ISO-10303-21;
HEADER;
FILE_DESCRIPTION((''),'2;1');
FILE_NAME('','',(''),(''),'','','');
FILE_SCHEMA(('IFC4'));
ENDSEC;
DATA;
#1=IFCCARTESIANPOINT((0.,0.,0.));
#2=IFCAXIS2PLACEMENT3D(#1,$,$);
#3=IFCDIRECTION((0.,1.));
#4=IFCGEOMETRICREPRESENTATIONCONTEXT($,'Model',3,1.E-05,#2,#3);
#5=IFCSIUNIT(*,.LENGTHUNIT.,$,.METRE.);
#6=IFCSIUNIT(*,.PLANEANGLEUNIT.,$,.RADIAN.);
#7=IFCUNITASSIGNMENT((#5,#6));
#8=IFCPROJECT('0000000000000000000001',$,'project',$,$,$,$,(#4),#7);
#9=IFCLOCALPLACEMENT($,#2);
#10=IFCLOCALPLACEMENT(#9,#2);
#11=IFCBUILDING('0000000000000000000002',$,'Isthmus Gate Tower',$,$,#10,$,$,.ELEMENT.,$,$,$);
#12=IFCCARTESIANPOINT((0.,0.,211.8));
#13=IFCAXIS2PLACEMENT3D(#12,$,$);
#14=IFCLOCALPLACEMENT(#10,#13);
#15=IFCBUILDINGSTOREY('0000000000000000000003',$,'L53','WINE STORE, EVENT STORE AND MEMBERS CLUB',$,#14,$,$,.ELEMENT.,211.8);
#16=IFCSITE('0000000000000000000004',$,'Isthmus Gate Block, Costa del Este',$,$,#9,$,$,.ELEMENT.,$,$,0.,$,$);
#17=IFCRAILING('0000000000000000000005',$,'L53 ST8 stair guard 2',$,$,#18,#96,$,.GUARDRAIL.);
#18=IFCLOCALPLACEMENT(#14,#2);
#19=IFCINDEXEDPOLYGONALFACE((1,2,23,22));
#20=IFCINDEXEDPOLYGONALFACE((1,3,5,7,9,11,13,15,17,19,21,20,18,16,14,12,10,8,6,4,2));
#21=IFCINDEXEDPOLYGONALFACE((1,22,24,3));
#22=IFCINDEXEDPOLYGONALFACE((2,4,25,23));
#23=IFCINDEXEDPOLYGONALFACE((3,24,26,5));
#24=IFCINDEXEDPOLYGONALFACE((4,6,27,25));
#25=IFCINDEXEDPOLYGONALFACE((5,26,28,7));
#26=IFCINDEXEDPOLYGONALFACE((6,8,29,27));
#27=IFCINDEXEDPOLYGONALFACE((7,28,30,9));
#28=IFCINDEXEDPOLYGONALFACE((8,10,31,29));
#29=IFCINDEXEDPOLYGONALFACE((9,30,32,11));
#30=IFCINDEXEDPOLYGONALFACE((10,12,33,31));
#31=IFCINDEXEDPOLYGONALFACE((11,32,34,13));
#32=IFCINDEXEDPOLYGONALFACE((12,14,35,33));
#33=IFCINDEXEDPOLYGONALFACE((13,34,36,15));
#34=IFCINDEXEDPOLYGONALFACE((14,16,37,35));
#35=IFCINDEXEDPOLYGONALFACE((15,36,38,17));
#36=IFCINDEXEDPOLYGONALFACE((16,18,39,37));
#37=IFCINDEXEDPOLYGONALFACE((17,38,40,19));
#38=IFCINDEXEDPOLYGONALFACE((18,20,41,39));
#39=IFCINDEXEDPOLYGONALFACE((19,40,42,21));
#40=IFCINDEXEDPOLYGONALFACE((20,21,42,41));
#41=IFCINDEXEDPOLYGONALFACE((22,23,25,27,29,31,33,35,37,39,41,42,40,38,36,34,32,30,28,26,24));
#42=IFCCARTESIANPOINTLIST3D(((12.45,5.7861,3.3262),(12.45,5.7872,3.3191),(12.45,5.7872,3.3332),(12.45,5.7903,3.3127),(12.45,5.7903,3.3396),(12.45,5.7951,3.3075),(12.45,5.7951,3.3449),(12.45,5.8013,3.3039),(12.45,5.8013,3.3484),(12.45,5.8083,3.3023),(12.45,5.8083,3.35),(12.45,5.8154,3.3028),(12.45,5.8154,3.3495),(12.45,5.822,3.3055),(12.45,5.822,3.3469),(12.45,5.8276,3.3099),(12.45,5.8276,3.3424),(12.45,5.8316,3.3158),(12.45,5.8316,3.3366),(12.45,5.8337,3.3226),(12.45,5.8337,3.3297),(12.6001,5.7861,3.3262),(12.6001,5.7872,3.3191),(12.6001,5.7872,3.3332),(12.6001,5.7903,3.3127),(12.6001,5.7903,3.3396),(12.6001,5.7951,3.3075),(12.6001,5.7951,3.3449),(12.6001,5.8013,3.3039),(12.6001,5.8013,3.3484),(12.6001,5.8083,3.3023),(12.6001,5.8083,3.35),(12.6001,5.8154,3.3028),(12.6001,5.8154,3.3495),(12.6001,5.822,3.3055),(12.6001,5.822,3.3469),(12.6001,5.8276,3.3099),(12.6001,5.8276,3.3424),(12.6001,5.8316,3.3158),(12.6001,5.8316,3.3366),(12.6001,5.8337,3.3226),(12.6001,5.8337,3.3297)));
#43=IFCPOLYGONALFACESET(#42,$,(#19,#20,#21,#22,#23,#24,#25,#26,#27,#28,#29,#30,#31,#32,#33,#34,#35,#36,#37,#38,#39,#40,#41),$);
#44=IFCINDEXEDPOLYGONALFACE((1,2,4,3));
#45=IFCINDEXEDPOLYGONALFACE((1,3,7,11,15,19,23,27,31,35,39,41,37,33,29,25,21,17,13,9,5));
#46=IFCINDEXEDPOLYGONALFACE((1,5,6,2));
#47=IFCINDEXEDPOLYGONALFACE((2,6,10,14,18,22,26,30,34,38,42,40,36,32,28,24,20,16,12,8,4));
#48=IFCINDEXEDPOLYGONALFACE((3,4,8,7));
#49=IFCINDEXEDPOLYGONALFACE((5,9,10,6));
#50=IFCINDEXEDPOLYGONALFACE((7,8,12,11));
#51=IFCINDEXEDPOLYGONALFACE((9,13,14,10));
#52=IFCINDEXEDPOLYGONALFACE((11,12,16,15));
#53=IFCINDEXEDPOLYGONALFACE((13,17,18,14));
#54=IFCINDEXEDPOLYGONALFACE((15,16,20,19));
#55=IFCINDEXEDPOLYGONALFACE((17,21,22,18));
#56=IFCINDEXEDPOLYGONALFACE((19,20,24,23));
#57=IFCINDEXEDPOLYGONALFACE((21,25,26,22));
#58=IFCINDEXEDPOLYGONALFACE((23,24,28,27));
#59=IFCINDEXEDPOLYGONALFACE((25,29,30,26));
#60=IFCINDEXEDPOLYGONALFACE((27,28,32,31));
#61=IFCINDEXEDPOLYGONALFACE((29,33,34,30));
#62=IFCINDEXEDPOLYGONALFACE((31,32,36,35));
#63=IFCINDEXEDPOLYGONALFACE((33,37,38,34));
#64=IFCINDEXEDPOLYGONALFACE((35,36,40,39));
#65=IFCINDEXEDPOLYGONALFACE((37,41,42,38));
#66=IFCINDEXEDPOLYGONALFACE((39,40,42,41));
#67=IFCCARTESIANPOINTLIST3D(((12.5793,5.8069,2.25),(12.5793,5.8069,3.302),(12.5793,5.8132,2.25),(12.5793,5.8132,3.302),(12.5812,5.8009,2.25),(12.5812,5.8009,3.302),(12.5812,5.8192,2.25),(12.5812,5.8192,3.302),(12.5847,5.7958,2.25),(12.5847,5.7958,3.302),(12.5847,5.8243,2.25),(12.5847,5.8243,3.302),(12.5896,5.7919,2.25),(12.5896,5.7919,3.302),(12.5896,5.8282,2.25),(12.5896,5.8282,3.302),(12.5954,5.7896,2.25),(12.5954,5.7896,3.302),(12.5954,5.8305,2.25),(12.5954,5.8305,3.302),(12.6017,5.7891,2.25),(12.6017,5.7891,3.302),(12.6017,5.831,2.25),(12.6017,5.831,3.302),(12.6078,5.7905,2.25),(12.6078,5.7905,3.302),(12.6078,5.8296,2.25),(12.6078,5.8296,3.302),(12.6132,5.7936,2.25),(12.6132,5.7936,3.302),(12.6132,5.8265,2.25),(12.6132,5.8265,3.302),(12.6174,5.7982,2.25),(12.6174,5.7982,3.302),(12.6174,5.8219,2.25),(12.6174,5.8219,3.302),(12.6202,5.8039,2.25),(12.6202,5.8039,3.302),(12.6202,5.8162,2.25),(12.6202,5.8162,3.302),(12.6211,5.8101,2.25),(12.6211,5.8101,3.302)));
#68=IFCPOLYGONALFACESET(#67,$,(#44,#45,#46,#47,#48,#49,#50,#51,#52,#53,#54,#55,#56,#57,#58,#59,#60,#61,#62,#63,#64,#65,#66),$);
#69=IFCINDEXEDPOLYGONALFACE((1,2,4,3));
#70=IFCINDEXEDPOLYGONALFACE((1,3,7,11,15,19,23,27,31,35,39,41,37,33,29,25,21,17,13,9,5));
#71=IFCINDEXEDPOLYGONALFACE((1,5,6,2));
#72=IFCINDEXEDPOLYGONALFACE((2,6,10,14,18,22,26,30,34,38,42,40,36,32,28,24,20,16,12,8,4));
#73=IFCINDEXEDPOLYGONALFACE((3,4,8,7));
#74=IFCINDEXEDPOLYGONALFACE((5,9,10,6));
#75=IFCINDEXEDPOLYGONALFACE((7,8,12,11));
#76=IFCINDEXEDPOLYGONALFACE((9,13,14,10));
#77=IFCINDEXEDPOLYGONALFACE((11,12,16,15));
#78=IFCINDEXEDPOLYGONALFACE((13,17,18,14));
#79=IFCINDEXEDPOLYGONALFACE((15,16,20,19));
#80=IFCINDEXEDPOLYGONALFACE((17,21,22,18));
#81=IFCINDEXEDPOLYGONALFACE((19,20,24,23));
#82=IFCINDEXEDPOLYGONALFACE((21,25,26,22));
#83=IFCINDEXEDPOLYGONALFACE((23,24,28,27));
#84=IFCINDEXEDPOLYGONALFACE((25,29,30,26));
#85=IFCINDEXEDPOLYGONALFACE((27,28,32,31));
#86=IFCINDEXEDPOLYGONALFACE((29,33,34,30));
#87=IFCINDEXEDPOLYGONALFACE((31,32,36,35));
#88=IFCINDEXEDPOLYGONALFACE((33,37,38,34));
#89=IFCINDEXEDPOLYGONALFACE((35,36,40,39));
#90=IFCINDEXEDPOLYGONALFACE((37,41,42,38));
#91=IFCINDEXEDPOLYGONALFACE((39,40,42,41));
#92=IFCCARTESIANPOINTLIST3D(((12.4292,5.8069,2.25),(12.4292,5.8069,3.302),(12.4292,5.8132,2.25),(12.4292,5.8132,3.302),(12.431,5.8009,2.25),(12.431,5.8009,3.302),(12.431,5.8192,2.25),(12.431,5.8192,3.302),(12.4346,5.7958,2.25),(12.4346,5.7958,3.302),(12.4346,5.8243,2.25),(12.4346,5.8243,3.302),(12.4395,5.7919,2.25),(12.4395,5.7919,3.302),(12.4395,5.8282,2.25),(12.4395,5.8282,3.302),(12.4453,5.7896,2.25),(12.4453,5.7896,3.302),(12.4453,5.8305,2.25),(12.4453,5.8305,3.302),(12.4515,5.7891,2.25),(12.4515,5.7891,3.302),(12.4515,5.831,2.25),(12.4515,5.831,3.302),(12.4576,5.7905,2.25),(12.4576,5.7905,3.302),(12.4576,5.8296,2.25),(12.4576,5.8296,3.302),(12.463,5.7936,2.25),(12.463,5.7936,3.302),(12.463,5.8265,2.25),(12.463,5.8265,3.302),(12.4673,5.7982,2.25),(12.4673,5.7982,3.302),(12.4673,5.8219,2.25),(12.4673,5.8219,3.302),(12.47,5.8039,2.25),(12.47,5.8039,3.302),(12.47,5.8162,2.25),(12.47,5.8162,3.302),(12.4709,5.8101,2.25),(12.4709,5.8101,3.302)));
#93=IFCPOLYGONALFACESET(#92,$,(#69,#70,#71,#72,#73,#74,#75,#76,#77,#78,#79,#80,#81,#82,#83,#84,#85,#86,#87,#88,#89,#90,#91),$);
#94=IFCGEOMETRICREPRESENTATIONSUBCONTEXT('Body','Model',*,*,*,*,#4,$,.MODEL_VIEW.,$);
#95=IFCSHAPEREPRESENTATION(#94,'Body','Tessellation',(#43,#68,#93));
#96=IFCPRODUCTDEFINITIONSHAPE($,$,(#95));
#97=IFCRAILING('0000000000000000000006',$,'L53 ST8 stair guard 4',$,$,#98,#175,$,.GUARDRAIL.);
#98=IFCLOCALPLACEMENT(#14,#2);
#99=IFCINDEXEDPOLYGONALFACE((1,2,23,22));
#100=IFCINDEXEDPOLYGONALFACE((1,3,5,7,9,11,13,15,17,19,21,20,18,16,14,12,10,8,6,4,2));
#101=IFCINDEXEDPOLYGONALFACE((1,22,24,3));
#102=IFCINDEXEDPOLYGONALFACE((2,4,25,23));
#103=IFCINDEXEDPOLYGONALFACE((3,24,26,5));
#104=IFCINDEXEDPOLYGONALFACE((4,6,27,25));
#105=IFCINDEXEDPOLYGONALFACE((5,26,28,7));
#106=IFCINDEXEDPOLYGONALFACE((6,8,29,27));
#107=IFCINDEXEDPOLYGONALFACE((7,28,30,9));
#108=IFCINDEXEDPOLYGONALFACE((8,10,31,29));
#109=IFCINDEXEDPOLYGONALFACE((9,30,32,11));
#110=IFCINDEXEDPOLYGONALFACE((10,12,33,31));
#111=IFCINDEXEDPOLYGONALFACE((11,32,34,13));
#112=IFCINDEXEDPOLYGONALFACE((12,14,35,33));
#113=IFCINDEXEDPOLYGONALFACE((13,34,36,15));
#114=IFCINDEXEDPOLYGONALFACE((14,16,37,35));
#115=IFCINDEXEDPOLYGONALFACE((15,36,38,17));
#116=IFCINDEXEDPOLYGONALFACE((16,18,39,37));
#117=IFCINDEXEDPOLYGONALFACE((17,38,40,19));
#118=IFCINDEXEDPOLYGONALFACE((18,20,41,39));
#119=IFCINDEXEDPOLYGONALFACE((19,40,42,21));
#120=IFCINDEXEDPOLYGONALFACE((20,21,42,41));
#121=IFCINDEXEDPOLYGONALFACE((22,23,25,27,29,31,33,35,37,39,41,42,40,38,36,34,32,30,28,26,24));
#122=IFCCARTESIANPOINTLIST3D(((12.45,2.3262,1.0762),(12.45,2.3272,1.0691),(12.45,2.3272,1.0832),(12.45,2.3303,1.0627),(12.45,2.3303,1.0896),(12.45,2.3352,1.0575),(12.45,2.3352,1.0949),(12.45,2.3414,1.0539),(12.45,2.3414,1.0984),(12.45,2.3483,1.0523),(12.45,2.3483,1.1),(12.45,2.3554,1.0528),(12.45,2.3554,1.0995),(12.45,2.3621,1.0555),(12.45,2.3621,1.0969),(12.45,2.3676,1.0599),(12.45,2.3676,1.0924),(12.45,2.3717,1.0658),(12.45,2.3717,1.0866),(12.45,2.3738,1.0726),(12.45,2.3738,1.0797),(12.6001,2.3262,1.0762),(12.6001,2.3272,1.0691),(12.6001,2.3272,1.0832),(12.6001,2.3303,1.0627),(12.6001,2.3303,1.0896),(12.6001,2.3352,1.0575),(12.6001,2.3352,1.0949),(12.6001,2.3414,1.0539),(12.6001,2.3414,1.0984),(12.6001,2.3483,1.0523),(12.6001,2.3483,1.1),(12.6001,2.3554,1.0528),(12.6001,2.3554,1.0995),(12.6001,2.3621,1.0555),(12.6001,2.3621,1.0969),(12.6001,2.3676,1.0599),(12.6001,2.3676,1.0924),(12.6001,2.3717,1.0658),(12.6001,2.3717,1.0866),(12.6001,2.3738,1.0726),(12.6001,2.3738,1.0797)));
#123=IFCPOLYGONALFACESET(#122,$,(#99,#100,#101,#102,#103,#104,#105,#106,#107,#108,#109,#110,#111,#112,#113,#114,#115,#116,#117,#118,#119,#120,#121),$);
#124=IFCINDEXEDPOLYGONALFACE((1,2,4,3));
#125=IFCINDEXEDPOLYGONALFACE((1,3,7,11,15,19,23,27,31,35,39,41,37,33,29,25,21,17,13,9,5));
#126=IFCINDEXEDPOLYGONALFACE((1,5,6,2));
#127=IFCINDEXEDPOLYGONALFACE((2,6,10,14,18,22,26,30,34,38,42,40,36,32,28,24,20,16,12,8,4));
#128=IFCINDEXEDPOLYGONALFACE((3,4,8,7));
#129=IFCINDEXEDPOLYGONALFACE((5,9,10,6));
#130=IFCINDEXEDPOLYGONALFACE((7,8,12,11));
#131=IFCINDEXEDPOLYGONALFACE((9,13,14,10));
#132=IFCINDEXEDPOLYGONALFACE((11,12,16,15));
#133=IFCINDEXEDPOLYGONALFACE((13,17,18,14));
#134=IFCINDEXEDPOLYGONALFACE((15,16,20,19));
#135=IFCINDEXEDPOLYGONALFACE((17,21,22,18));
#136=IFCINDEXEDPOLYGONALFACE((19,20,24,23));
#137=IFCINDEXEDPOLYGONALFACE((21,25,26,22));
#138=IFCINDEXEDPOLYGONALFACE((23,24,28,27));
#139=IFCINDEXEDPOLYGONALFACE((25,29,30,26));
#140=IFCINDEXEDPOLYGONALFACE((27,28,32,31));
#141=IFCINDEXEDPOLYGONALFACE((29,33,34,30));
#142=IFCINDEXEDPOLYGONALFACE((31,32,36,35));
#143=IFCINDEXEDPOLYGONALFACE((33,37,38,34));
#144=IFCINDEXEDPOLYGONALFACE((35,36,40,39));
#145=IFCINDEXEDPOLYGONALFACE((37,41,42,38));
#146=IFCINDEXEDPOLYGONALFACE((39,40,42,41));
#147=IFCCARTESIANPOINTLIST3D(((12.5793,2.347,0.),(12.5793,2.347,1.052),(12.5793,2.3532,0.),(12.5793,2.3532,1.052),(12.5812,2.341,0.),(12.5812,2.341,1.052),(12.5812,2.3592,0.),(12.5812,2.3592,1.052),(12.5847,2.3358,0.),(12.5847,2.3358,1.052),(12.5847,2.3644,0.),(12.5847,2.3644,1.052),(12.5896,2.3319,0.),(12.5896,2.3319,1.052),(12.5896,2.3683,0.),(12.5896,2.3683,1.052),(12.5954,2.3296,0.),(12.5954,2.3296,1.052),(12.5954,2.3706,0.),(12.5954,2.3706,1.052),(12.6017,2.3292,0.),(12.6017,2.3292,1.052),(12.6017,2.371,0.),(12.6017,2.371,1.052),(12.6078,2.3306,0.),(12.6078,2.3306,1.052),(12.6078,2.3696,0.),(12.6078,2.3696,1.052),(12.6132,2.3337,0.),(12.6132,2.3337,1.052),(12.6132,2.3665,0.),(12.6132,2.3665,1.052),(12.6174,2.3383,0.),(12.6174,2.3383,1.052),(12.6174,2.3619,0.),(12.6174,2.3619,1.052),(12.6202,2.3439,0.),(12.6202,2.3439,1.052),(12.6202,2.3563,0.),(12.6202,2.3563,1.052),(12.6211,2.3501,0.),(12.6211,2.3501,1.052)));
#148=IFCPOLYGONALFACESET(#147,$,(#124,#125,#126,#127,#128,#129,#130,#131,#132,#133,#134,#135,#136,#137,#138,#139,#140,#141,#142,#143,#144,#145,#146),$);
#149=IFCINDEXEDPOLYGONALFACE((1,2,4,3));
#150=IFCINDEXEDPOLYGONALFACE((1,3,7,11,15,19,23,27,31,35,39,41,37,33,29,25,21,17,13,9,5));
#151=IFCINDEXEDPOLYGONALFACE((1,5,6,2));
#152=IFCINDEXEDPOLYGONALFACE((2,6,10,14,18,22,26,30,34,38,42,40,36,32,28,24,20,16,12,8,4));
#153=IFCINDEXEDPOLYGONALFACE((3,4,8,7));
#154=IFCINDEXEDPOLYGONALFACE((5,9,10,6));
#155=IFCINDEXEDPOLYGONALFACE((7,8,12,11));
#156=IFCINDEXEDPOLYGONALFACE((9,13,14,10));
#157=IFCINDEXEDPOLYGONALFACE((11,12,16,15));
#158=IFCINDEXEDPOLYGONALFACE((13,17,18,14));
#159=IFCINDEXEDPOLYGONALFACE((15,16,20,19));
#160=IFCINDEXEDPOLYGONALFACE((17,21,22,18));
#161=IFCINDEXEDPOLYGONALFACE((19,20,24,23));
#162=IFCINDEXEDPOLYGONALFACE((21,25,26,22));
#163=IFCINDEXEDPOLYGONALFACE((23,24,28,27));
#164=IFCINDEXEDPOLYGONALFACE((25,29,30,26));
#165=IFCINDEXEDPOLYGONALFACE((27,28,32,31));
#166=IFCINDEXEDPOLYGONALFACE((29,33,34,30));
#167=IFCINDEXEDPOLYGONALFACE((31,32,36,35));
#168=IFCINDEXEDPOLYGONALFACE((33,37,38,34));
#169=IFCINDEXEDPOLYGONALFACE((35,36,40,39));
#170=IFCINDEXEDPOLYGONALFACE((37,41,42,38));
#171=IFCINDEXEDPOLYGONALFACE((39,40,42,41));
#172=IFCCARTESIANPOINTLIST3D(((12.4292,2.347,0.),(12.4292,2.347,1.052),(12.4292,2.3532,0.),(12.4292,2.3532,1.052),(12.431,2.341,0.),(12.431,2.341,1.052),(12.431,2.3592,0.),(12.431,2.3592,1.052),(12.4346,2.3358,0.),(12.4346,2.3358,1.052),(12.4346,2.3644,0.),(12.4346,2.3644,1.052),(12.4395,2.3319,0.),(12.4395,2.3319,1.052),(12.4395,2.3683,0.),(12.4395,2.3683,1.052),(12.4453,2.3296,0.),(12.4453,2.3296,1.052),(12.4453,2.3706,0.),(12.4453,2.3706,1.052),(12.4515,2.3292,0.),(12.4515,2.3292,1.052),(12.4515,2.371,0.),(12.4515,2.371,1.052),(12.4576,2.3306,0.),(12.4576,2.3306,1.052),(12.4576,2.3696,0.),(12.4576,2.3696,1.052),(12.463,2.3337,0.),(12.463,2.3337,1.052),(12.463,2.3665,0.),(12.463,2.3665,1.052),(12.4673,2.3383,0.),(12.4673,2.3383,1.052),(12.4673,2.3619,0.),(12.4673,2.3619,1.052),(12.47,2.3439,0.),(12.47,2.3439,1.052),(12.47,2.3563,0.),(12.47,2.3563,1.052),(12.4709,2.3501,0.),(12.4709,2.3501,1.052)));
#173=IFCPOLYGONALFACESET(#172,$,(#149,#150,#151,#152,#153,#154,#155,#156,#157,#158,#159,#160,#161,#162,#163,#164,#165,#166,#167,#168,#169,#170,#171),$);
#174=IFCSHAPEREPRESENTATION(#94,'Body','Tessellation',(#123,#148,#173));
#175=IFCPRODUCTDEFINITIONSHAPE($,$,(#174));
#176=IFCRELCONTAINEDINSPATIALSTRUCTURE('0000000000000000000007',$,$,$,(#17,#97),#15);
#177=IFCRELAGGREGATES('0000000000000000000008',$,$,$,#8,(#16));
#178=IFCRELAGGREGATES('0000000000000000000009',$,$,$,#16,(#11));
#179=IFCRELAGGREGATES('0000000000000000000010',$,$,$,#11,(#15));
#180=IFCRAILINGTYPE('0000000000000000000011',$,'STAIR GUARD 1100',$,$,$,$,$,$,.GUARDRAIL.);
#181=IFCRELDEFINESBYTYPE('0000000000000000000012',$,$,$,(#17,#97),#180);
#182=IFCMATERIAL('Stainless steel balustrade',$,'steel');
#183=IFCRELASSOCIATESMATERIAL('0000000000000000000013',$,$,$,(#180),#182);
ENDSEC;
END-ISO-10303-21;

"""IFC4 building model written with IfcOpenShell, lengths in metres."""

from ifc_helpers import new_model, si_unit, direction, frame, origin, origin_2d, place, context, subcontext, project, spatial, circle, extrude, material, type_object, element, save


model = new_model("IFC4")

# Units and contexts
model_context = context("Model", 3, precision=1e-05, world=origin(), true_north=direction((0.0, 1.0)))
body_context = subcontext(model_context, "Body", "Model", "MODEL_VIEW")
ifc_project = project(units=[si_unit("LENGTHUNIT", "METRE"), si_unit("PLANEANGLEUNIT", "RADIAN")], contexts=[model_context])

# Site, building, storey
site_placement = place(None, origin())
site = spatial("IfcSite", under=ifc_project, at=site_placement, Name="Isthmus Gate Block, Costa del Este", CompositionType="ELEMENT", RefElevation=0.0)
building_placement = place(site_placement, origin())
building = spatial("IfcBuilding", under=site, at=building_placement, Name="Isthmus Gate Tower", CompositionType="ELEMENT")
storey_placement = place(building_placement, frame((0.0, 0.0, 211.8)))
storey = spatial("IfcBuildingStorey", under=building, at=storey_placement, Name="L53", Description="WINE STORE, EVENT STORE AND MEMBERS CLUB", CompositionType="ELEMENT", Elevation=211.8)

# Railings
ifc_material_1 = material(Name="Stainless steel balustrade", Category="steel")
railing_type_1 = type_object("IfcRailingType", Name="STAIR GUARD 1100", PredefinedType="GUARDRAIL", material=ifc_material_1)
for number, where, name in (
    (1, (12.6001, 5.8101, 2.25), "L53 ST8 stair guard 2"),
    (2, (12.6001, 2.3501, 0.0), "L53 ST8 stair guard 4"),
):
    element("IfcRailing", number, at=place(storey_placement, frame(where)), inside=storey, type_object=railing_type_1, Name=name, PredefinedType="GUARDRAIL", context=body_context, shape_type="SweptSolid", body=[
        extrude(circle(Radius=0.0239, at=origin_2d()), frame((0.0, 0.0, 1.0762), z_axis=(-1.0, 0.0, 0.0), x_axis=(0.0, -1.0, 0.0)), (0.0, 0.0, 1.0), 0.1501),
        extrude(circle(Radius=0.021, at=origin_2d()), origin(), (0.0, 0.0, 1.0), 1.052),
        extrude(circle(Radius=0.021, at=origin_2d()), frame((-0.1501, 0.0, 0.0)), (0.0, 0.0, 1.0), 1.052),
    ])

save(model, "model.ifc")
